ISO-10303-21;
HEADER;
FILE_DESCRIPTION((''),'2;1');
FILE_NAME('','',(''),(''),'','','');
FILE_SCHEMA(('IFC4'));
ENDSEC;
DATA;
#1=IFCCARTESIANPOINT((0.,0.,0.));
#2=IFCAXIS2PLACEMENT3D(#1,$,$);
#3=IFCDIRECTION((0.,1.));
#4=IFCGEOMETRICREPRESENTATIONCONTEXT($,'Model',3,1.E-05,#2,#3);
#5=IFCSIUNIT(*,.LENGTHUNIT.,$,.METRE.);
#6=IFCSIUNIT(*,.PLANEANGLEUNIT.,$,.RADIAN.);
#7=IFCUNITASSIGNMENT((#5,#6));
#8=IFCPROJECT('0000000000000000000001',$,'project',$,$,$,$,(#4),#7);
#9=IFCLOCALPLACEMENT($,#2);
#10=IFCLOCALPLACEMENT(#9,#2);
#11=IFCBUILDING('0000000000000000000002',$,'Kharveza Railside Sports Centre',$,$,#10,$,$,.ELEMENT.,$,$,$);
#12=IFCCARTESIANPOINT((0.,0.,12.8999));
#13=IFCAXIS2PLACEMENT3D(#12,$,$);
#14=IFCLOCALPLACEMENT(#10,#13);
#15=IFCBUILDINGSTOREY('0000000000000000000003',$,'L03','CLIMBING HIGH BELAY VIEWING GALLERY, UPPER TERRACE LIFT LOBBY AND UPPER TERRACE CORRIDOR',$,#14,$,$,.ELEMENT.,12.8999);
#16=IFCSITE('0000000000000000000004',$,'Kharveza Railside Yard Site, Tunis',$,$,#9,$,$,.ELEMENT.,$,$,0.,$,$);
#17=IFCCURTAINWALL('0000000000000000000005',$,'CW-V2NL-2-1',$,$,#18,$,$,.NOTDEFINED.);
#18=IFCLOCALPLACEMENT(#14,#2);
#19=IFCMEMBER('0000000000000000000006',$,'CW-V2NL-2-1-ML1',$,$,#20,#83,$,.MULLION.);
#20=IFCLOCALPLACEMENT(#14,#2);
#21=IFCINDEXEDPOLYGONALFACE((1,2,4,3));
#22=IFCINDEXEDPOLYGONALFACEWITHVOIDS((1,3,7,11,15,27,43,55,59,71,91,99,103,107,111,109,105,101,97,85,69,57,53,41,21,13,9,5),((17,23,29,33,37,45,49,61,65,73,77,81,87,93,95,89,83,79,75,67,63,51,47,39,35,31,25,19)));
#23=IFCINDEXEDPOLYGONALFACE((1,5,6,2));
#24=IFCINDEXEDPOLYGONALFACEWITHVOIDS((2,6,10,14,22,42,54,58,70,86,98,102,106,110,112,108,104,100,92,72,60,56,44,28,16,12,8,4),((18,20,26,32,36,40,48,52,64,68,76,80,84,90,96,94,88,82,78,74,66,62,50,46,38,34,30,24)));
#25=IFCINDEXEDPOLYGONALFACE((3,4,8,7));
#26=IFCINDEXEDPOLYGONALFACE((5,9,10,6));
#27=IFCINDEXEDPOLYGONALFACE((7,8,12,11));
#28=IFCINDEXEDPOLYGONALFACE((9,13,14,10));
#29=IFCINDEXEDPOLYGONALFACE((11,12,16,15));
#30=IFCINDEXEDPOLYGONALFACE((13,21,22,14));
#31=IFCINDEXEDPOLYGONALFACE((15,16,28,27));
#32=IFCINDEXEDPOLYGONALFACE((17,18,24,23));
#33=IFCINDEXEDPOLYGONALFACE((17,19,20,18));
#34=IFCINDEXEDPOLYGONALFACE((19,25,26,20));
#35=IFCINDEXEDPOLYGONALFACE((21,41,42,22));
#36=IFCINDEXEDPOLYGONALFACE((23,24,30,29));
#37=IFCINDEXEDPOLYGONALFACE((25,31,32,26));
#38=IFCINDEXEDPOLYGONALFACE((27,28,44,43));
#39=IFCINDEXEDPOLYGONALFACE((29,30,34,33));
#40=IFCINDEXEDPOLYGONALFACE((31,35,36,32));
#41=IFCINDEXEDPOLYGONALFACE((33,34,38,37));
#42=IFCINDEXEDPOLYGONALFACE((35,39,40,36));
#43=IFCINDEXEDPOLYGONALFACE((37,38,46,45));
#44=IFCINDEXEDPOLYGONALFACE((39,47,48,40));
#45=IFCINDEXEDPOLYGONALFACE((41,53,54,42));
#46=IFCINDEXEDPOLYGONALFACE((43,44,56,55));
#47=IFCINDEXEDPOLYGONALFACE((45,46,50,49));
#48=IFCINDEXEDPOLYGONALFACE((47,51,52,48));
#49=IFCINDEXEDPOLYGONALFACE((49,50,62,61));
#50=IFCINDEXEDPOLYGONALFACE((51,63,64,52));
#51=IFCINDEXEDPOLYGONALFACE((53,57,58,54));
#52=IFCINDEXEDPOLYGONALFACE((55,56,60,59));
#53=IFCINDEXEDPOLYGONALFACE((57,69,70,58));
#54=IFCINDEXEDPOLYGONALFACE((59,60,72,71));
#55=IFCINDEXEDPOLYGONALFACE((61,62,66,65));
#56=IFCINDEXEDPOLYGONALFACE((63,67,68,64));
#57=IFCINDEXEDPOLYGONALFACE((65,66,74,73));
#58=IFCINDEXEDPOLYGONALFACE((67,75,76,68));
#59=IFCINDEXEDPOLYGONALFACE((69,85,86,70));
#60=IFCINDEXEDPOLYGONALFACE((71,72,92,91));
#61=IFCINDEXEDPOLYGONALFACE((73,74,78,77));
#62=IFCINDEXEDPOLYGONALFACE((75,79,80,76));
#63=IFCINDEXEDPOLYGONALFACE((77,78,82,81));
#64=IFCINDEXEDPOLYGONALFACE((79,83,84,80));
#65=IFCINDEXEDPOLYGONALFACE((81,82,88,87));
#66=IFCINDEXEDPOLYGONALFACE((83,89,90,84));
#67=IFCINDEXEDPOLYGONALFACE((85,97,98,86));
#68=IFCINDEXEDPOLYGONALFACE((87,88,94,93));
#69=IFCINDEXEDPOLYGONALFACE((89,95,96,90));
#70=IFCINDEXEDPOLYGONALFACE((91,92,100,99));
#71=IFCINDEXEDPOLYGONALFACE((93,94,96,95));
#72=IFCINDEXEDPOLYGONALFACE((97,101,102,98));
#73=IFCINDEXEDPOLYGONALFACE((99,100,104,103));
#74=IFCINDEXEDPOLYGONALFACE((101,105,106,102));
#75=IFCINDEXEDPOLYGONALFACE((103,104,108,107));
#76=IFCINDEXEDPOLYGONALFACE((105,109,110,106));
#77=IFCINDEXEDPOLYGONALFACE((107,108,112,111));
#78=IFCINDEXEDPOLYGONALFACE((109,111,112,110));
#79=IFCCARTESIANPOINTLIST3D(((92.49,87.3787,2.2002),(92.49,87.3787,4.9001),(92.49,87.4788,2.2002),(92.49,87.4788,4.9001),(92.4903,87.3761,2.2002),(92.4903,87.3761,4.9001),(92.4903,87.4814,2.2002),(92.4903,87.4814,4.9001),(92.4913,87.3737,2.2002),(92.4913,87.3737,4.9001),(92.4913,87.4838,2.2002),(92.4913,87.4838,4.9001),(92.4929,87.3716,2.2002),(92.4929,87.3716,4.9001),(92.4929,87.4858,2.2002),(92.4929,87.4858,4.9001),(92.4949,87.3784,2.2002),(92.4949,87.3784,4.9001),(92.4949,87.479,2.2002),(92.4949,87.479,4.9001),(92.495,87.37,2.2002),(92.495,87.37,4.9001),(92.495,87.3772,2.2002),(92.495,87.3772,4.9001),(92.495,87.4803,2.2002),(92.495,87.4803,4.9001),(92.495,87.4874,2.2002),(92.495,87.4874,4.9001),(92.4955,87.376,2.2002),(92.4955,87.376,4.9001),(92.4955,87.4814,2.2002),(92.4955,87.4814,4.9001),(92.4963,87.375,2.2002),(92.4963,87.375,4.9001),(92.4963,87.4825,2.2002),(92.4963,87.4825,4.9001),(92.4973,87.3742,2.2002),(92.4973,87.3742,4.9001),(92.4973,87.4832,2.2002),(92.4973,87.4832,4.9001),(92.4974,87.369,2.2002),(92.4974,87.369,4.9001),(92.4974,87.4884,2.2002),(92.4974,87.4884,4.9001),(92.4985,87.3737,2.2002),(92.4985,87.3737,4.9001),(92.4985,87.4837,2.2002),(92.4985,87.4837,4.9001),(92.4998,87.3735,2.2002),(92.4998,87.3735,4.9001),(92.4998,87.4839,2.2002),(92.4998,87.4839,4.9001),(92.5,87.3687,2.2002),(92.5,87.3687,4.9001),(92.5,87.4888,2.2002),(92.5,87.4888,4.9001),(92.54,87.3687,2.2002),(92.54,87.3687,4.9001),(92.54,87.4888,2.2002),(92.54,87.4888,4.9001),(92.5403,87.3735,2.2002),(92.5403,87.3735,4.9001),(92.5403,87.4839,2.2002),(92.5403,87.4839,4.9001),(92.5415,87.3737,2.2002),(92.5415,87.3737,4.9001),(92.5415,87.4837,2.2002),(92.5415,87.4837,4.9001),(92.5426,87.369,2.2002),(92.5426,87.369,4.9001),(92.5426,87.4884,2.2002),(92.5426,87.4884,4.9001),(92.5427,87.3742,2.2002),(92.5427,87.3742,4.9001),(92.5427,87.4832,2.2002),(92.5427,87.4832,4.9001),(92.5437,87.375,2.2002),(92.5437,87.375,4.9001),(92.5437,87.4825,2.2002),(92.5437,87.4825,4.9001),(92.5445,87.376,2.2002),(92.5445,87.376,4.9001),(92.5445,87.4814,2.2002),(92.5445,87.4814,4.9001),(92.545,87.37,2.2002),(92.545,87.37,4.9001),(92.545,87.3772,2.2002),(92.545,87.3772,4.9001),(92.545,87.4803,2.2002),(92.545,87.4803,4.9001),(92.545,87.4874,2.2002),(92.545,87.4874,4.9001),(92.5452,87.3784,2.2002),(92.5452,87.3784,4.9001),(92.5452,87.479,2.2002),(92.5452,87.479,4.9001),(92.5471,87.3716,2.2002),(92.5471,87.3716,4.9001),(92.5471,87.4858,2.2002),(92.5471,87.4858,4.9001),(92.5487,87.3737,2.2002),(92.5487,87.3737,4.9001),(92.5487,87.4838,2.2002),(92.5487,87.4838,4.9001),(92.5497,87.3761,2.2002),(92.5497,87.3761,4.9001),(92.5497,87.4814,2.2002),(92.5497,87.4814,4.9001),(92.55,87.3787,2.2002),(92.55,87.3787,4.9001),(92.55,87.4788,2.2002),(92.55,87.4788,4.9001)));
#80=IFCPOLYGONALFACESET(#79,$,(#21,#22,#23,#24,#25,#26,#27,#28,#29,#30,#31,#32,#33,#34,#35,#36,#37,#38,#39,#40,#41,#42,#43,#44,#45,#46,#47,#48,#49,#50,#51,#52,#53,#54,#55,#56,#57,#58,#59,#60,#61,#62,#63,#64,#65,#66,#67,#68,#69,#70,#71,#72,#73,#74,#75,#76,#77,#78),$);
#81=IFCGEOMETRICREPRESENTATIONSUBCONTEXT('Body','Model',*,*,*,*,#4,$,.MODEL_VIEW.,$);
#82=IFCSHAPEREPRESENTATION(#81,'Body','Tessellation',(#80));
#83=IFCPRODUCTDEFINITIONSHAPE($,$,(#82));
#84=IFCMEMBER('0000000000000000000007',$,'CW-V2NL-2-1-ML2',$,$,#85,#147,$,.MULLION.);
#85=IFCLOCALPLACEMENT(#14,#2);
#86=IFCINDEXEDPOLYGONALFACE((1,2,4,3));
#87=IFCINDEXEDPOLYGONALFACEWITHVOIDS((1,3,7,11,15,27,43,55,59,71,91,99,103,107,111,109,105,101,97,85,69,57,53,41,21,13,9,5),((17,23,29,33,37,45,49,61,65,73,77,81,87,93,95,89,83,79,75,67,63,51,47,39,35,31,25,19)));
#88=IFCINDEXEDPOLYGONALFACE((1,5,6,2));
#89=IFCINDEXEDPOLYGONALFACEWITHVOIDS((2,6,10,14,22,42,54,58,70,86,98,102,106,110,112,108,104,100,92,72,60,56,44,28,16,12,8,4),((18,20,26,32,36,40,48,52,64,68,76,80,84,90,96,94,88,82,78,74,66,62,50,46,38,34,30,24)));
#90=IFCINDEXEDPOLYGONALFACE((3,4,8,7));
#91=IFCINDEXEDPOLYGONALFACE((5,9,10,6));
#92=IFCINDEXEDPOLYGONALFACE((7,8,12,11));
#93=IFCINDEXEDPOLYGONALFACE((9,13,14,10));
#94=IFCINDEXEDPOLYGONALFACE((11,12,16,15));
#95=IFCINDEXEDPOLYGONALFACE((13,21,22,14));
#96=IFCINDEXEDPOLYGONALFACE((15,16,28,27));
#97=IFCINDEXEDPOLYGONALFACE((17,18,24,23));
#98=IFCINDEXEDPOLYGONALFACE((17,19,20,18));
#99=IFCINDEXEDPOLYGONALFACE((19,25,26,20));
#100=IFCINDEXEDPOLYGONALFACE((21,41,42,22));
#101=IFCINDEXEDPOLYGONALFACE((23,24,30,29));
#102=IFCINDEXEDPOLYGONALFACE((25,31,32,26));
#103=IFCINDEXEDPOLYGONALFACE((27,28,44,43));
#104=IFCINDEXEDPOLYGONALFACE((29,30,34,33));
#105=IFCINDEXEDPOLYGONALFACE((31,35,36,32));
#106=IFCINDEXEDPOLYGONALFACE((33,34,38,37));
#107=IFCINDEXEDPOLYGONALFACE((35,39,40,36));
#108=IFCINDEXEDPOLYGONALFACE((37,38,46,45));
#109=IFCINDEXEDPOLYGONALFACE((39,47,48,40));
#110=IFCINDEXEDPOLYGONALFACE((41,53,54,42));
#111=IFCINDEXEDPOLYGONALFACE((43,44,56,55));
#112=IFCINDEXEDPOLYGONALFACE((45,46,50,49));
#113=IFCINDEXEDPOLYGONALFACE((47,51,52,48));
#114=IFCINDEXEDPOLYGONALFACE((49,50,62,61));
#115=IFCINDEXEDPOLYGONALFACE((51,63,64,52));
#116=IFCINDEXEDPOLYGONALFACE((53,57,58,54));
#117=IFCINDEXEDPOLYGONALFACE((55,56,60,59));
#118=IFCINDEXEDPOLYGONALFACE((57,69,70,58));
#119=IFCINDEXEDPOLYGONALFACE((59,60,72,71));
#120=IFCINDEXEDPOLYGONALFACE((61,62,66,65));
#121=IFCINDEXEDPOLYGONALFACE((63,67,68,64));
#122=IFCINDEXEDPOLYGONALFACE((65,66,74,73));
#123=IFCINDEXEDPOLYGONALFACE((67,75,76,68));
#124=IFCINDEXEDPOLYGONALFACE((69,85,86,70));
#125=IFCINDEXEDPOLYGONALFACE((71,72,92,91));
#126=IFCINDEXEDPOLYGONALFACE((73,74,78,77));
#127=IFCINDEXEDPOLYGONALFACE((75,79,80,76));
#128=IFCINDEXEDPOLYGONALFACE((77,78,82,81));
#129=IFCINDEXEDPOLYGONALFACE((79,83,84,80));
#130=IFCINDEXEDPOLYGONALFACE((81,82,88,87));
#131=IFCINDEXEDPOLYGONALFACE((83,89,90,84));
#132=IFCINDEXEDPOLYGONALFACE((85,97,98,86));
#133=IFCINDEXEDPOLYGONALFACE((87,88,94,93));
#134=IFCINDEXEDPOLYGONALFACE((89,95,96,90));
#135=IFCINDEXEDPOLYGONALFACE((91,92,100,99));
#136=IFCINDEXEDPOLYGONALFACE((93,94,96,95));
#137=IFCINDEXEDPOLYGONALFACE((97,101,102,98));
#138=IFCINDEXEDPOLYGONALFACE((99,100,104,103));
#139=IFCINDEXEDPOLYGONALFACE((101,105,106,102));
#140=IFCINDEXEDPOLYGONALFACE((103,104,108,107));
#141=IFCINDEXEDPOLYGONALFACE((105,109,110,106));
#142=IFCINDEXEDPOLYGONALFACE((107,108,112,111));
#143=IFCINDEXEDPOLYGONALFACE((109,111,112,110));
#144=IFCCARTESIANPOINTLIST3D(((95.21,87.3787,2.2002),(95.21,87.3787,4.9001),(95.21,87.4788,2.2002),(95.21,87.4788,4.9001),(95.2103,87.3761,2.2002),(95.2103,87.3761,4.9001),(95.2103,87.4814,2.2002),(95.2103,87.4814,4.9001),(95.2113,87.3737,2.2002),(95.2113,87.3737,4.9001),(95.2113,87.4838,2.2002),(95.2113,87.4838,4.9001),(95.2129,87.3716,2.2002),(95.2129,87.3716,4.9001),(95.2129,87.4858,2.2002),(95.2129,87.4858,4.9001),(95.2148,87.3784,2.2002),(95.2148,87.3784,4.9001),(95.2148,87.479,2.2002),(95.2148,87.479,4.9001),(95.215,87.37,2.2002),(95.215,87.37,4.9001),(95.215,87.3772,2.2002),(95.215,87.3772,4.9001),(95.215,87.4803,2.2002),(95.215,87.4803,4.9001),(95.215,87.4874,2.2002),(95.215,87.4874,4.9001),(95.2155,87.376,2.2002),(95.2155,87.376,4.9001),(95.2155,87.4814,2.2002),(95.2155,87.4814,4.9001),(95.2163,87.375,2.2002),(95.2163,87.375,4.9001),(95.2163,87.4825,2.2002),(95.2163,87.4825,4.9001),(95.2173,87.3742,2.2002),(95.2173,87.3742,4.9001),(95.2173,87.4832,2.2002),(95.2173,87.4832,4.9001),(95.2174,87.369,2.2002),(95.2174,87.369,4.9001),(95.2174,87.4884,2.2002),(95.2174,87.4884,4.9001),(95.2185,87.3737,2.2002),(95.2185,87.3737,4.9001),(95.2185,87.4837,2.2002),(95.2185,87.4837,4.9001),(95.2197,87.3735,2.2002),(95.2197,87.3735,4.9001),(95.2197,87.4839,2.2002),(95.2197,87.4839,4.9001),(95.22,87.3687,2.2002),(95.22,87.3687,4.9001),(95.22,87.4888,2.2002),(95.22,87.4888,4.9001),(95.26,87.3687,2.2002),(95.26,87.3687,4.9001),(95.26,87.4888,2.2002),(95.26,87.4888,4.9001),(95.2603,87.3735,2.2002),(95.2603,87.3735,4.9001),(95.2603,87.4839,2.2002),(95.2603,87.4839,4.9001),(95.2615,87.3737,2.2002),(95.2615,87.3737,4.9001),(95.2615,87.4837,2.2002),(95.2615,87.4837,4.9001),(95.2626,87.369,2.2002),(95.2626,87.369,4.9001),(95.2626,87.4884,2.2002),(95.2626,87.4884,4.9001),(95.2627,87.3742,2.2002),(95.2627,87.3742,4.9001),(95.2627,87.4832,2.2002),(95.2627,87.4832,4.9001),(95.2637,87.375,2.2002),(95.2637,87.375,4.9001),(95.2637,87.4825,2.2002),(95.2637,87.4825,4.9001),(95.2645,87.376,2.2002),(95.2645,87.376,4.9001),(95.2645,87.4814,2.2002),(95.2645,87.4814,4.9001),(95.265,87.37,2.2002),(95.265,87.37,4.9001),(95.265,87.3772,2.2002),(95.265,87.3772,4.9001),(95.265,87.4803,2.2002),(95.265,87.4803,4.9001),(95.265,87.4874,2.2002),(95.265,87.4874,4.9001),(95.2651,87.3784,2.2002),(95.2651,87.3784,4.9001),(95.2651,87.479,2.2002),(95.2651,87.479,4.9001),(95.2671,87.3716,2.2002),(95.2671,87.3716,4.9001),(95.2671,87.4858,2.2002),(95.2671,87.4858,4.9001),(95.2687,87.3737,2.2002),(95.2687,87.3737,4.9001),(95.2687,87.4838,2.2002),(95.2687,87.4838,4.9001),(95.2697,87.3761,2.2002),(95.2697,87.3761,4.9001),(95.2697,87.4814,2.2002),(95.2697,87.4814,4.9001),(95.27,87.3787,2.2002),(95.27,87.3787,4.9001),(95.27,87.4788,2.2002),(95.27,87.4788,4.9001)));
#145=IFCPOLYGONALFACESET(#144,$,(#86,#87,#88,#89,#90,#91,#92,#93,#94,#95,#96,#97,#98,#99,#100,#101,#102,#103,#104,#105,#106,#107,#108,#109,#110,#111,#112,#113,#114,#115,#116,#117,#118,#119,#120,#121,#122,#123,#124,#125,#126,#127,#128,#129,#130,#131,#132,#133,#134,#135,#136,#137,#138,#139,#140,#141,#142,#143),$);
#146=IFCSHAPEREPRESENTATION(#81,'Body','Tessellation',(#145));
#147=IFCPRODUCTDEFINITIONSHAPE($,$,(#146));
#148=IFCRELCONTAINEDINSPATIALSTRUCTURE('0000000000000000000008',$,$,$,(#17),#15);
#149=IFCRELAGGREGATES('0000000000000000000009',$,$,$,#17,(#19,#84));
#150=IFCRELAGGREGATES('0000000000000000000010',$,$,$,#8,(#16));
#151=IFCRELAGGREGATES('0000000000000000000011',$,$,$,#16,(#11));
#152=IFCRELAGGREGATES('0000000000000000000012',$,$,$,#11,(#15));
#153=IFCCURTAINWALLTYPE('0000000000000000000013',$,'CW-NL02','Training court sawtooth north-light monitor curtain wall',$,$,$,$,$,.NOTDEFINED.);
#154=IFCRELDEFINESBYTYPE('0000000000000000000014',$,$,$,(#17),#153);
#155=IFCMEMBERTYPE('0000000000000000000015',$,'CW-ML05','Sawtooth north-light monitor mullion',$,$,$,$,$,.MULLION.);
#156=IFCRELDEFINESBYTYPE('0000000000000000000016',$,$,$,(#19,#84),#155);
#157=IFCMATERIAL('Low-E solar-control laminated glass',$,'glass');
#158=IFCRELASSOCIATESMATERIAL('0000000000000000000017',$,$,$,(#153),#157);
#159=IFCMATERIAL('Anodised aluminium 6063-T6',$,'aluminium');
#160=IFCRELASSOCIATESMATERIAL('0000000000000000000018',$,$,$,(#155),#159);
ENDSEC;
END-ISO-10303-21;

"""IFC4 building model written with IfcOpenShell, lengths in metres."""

from ifc_helpers import new_model, si_unit, direction, frame, origin, origin_2d, place, context, subcontext, project, spatial, hollow_rectangle, extrude, material, material_profile, profile_set, type_object, element, aggregate, save


model = new_model("IFC4")

# Units and contexts
model_context = context("Model", 3, precision=1e-05, world=origin(), true_north=direction((0.0, 1.0)))
body_context = subcontext(model_context, "Body", "Model", "MODEL_VIEW")
ifc_project = project(units=[si_unit("LENGTHUNIT", "METRE"), si_unit("PLANEANGLEUNIT", "RADIAN")], contexts=[model_context])

# Site, building, storey
site_placement = place(None, origin())
site = spatial("IfcSite", under=ifc_project, at=site_placement, Name="Kharveza Railside Yard Site, Tunis", CompositionType="ELEMENT", RefElevation=0.0)
building_placement = place(site_placement, origin())
building = spatial("IfcBuilding", under=site, at=building_placement, Name="Kharveza Railside Sports Centre", CompositionType="ELEMENT")
storey_placement = place(building_placement, frame((0.0, 0.0, 12.8999)))
storey = spatial("IfcBuildingStorey", under=building, at=storey_placement, Name="L03", Description="CLIMBING HIGH BELAY VIEWING GALLERY, UPPER TERRACE LIFT LOBBY AND UPPER TERRACE CORRIDOR", CompositionType="ELEMENT", Elevation=12.8999)

# Curtain wall, members
ifc_material_1 = material(Name="Low-E solar-control laminated glass", Category="glass")
curtain_wall_type = type_object("IfcCurtainWallType", Name="CW-NL02", Description="Training court sawtooth north-light monitor curtain wall", PredefinedType="NOTDEFINED", material=ifc_material_1)
curtain_wall_1_placement = place(storey_placement, origin())
curtain_wall_1 = element("IfcCurtainWall", 1, at=curtain_wall_1_placement, inside=storey, type_object=curtain_wall_type, Name="CW-V2NL-2-1", PredefinedType="NOTDEFINED")
ifc_material_2 = material(Name="Anodised aluminium 6063-T6", Category="aluminium")
ifc_material_profile_1 = material_profile(ifc_material_2, hollow_rectangle(XDim=0.0601, YDim=0.1201, WallThickness=0.0049, InnerFilletRadius=0.0049, OuterFilletRadius=0.01, at=origin_2d()), Name="RHS 60x120x5.0")
ifc_profile_set_1 = profile_set([ifc_material_profile_1], Name="Anodised aluminium 6063-T6")
member_type_1 = type_object("IfcMemberType", Name="CW-ML05", Description="Sawtooth north-light monitor mullion", PredefinedType="MULLION", material=ifc_profile_set_1)
member_1_placement = place(storey_placement, frame((92.52, 87.4287, 2.2002), z_axis=(0.0, 0.0, 1.0), x_axis=(1.0, 0.0, 0.0)))
member_1 = element("IfcMember", 2, at=member_1_placement, type_object=member_type_1, Name="CW-V2NL-2-1-ML1", PredefinedType="MULLION", context=body_context, shape_type="SweptSolid", body=[
    extrude(hollow_rectangle(XDim=0.0601, YDim=0.1201, WallThickness=0.0049, InnerFilletRadius=0.0049, OuterFilletRadius=0.01, at=origin_2d()), origin(), (0.0, 0.0, 1.0), 2.7),
])
member_2_placement = place(storey_placement, frame((95.24, 87.4287, 2.2002), z_axis=(0.0, 0.0, 1.0), x_axis=(1.0, 0.0, 0.0)))
member_2 = element("IfcMember", 3, at=member_2_placement, type_object=member_type_1, Name="CW-V2NL-2-1-ML2", PredefinedType="MULLION", context=body_context, shape_type="SweptSolid", body=[
    extrude(hollow_rectangle(XDim=0.0601, YDim=0.1201, WallThickness=0.0049, InnerFilletRadius=0.0049, OuterFilletRadius=0.01, at=origin_2d()), origin(), (0.0, 0.0, 1.0), 2.7),
])

aggregate(curtain_wall_1, [member_1, member_2])

save(model, "model.ifc")
